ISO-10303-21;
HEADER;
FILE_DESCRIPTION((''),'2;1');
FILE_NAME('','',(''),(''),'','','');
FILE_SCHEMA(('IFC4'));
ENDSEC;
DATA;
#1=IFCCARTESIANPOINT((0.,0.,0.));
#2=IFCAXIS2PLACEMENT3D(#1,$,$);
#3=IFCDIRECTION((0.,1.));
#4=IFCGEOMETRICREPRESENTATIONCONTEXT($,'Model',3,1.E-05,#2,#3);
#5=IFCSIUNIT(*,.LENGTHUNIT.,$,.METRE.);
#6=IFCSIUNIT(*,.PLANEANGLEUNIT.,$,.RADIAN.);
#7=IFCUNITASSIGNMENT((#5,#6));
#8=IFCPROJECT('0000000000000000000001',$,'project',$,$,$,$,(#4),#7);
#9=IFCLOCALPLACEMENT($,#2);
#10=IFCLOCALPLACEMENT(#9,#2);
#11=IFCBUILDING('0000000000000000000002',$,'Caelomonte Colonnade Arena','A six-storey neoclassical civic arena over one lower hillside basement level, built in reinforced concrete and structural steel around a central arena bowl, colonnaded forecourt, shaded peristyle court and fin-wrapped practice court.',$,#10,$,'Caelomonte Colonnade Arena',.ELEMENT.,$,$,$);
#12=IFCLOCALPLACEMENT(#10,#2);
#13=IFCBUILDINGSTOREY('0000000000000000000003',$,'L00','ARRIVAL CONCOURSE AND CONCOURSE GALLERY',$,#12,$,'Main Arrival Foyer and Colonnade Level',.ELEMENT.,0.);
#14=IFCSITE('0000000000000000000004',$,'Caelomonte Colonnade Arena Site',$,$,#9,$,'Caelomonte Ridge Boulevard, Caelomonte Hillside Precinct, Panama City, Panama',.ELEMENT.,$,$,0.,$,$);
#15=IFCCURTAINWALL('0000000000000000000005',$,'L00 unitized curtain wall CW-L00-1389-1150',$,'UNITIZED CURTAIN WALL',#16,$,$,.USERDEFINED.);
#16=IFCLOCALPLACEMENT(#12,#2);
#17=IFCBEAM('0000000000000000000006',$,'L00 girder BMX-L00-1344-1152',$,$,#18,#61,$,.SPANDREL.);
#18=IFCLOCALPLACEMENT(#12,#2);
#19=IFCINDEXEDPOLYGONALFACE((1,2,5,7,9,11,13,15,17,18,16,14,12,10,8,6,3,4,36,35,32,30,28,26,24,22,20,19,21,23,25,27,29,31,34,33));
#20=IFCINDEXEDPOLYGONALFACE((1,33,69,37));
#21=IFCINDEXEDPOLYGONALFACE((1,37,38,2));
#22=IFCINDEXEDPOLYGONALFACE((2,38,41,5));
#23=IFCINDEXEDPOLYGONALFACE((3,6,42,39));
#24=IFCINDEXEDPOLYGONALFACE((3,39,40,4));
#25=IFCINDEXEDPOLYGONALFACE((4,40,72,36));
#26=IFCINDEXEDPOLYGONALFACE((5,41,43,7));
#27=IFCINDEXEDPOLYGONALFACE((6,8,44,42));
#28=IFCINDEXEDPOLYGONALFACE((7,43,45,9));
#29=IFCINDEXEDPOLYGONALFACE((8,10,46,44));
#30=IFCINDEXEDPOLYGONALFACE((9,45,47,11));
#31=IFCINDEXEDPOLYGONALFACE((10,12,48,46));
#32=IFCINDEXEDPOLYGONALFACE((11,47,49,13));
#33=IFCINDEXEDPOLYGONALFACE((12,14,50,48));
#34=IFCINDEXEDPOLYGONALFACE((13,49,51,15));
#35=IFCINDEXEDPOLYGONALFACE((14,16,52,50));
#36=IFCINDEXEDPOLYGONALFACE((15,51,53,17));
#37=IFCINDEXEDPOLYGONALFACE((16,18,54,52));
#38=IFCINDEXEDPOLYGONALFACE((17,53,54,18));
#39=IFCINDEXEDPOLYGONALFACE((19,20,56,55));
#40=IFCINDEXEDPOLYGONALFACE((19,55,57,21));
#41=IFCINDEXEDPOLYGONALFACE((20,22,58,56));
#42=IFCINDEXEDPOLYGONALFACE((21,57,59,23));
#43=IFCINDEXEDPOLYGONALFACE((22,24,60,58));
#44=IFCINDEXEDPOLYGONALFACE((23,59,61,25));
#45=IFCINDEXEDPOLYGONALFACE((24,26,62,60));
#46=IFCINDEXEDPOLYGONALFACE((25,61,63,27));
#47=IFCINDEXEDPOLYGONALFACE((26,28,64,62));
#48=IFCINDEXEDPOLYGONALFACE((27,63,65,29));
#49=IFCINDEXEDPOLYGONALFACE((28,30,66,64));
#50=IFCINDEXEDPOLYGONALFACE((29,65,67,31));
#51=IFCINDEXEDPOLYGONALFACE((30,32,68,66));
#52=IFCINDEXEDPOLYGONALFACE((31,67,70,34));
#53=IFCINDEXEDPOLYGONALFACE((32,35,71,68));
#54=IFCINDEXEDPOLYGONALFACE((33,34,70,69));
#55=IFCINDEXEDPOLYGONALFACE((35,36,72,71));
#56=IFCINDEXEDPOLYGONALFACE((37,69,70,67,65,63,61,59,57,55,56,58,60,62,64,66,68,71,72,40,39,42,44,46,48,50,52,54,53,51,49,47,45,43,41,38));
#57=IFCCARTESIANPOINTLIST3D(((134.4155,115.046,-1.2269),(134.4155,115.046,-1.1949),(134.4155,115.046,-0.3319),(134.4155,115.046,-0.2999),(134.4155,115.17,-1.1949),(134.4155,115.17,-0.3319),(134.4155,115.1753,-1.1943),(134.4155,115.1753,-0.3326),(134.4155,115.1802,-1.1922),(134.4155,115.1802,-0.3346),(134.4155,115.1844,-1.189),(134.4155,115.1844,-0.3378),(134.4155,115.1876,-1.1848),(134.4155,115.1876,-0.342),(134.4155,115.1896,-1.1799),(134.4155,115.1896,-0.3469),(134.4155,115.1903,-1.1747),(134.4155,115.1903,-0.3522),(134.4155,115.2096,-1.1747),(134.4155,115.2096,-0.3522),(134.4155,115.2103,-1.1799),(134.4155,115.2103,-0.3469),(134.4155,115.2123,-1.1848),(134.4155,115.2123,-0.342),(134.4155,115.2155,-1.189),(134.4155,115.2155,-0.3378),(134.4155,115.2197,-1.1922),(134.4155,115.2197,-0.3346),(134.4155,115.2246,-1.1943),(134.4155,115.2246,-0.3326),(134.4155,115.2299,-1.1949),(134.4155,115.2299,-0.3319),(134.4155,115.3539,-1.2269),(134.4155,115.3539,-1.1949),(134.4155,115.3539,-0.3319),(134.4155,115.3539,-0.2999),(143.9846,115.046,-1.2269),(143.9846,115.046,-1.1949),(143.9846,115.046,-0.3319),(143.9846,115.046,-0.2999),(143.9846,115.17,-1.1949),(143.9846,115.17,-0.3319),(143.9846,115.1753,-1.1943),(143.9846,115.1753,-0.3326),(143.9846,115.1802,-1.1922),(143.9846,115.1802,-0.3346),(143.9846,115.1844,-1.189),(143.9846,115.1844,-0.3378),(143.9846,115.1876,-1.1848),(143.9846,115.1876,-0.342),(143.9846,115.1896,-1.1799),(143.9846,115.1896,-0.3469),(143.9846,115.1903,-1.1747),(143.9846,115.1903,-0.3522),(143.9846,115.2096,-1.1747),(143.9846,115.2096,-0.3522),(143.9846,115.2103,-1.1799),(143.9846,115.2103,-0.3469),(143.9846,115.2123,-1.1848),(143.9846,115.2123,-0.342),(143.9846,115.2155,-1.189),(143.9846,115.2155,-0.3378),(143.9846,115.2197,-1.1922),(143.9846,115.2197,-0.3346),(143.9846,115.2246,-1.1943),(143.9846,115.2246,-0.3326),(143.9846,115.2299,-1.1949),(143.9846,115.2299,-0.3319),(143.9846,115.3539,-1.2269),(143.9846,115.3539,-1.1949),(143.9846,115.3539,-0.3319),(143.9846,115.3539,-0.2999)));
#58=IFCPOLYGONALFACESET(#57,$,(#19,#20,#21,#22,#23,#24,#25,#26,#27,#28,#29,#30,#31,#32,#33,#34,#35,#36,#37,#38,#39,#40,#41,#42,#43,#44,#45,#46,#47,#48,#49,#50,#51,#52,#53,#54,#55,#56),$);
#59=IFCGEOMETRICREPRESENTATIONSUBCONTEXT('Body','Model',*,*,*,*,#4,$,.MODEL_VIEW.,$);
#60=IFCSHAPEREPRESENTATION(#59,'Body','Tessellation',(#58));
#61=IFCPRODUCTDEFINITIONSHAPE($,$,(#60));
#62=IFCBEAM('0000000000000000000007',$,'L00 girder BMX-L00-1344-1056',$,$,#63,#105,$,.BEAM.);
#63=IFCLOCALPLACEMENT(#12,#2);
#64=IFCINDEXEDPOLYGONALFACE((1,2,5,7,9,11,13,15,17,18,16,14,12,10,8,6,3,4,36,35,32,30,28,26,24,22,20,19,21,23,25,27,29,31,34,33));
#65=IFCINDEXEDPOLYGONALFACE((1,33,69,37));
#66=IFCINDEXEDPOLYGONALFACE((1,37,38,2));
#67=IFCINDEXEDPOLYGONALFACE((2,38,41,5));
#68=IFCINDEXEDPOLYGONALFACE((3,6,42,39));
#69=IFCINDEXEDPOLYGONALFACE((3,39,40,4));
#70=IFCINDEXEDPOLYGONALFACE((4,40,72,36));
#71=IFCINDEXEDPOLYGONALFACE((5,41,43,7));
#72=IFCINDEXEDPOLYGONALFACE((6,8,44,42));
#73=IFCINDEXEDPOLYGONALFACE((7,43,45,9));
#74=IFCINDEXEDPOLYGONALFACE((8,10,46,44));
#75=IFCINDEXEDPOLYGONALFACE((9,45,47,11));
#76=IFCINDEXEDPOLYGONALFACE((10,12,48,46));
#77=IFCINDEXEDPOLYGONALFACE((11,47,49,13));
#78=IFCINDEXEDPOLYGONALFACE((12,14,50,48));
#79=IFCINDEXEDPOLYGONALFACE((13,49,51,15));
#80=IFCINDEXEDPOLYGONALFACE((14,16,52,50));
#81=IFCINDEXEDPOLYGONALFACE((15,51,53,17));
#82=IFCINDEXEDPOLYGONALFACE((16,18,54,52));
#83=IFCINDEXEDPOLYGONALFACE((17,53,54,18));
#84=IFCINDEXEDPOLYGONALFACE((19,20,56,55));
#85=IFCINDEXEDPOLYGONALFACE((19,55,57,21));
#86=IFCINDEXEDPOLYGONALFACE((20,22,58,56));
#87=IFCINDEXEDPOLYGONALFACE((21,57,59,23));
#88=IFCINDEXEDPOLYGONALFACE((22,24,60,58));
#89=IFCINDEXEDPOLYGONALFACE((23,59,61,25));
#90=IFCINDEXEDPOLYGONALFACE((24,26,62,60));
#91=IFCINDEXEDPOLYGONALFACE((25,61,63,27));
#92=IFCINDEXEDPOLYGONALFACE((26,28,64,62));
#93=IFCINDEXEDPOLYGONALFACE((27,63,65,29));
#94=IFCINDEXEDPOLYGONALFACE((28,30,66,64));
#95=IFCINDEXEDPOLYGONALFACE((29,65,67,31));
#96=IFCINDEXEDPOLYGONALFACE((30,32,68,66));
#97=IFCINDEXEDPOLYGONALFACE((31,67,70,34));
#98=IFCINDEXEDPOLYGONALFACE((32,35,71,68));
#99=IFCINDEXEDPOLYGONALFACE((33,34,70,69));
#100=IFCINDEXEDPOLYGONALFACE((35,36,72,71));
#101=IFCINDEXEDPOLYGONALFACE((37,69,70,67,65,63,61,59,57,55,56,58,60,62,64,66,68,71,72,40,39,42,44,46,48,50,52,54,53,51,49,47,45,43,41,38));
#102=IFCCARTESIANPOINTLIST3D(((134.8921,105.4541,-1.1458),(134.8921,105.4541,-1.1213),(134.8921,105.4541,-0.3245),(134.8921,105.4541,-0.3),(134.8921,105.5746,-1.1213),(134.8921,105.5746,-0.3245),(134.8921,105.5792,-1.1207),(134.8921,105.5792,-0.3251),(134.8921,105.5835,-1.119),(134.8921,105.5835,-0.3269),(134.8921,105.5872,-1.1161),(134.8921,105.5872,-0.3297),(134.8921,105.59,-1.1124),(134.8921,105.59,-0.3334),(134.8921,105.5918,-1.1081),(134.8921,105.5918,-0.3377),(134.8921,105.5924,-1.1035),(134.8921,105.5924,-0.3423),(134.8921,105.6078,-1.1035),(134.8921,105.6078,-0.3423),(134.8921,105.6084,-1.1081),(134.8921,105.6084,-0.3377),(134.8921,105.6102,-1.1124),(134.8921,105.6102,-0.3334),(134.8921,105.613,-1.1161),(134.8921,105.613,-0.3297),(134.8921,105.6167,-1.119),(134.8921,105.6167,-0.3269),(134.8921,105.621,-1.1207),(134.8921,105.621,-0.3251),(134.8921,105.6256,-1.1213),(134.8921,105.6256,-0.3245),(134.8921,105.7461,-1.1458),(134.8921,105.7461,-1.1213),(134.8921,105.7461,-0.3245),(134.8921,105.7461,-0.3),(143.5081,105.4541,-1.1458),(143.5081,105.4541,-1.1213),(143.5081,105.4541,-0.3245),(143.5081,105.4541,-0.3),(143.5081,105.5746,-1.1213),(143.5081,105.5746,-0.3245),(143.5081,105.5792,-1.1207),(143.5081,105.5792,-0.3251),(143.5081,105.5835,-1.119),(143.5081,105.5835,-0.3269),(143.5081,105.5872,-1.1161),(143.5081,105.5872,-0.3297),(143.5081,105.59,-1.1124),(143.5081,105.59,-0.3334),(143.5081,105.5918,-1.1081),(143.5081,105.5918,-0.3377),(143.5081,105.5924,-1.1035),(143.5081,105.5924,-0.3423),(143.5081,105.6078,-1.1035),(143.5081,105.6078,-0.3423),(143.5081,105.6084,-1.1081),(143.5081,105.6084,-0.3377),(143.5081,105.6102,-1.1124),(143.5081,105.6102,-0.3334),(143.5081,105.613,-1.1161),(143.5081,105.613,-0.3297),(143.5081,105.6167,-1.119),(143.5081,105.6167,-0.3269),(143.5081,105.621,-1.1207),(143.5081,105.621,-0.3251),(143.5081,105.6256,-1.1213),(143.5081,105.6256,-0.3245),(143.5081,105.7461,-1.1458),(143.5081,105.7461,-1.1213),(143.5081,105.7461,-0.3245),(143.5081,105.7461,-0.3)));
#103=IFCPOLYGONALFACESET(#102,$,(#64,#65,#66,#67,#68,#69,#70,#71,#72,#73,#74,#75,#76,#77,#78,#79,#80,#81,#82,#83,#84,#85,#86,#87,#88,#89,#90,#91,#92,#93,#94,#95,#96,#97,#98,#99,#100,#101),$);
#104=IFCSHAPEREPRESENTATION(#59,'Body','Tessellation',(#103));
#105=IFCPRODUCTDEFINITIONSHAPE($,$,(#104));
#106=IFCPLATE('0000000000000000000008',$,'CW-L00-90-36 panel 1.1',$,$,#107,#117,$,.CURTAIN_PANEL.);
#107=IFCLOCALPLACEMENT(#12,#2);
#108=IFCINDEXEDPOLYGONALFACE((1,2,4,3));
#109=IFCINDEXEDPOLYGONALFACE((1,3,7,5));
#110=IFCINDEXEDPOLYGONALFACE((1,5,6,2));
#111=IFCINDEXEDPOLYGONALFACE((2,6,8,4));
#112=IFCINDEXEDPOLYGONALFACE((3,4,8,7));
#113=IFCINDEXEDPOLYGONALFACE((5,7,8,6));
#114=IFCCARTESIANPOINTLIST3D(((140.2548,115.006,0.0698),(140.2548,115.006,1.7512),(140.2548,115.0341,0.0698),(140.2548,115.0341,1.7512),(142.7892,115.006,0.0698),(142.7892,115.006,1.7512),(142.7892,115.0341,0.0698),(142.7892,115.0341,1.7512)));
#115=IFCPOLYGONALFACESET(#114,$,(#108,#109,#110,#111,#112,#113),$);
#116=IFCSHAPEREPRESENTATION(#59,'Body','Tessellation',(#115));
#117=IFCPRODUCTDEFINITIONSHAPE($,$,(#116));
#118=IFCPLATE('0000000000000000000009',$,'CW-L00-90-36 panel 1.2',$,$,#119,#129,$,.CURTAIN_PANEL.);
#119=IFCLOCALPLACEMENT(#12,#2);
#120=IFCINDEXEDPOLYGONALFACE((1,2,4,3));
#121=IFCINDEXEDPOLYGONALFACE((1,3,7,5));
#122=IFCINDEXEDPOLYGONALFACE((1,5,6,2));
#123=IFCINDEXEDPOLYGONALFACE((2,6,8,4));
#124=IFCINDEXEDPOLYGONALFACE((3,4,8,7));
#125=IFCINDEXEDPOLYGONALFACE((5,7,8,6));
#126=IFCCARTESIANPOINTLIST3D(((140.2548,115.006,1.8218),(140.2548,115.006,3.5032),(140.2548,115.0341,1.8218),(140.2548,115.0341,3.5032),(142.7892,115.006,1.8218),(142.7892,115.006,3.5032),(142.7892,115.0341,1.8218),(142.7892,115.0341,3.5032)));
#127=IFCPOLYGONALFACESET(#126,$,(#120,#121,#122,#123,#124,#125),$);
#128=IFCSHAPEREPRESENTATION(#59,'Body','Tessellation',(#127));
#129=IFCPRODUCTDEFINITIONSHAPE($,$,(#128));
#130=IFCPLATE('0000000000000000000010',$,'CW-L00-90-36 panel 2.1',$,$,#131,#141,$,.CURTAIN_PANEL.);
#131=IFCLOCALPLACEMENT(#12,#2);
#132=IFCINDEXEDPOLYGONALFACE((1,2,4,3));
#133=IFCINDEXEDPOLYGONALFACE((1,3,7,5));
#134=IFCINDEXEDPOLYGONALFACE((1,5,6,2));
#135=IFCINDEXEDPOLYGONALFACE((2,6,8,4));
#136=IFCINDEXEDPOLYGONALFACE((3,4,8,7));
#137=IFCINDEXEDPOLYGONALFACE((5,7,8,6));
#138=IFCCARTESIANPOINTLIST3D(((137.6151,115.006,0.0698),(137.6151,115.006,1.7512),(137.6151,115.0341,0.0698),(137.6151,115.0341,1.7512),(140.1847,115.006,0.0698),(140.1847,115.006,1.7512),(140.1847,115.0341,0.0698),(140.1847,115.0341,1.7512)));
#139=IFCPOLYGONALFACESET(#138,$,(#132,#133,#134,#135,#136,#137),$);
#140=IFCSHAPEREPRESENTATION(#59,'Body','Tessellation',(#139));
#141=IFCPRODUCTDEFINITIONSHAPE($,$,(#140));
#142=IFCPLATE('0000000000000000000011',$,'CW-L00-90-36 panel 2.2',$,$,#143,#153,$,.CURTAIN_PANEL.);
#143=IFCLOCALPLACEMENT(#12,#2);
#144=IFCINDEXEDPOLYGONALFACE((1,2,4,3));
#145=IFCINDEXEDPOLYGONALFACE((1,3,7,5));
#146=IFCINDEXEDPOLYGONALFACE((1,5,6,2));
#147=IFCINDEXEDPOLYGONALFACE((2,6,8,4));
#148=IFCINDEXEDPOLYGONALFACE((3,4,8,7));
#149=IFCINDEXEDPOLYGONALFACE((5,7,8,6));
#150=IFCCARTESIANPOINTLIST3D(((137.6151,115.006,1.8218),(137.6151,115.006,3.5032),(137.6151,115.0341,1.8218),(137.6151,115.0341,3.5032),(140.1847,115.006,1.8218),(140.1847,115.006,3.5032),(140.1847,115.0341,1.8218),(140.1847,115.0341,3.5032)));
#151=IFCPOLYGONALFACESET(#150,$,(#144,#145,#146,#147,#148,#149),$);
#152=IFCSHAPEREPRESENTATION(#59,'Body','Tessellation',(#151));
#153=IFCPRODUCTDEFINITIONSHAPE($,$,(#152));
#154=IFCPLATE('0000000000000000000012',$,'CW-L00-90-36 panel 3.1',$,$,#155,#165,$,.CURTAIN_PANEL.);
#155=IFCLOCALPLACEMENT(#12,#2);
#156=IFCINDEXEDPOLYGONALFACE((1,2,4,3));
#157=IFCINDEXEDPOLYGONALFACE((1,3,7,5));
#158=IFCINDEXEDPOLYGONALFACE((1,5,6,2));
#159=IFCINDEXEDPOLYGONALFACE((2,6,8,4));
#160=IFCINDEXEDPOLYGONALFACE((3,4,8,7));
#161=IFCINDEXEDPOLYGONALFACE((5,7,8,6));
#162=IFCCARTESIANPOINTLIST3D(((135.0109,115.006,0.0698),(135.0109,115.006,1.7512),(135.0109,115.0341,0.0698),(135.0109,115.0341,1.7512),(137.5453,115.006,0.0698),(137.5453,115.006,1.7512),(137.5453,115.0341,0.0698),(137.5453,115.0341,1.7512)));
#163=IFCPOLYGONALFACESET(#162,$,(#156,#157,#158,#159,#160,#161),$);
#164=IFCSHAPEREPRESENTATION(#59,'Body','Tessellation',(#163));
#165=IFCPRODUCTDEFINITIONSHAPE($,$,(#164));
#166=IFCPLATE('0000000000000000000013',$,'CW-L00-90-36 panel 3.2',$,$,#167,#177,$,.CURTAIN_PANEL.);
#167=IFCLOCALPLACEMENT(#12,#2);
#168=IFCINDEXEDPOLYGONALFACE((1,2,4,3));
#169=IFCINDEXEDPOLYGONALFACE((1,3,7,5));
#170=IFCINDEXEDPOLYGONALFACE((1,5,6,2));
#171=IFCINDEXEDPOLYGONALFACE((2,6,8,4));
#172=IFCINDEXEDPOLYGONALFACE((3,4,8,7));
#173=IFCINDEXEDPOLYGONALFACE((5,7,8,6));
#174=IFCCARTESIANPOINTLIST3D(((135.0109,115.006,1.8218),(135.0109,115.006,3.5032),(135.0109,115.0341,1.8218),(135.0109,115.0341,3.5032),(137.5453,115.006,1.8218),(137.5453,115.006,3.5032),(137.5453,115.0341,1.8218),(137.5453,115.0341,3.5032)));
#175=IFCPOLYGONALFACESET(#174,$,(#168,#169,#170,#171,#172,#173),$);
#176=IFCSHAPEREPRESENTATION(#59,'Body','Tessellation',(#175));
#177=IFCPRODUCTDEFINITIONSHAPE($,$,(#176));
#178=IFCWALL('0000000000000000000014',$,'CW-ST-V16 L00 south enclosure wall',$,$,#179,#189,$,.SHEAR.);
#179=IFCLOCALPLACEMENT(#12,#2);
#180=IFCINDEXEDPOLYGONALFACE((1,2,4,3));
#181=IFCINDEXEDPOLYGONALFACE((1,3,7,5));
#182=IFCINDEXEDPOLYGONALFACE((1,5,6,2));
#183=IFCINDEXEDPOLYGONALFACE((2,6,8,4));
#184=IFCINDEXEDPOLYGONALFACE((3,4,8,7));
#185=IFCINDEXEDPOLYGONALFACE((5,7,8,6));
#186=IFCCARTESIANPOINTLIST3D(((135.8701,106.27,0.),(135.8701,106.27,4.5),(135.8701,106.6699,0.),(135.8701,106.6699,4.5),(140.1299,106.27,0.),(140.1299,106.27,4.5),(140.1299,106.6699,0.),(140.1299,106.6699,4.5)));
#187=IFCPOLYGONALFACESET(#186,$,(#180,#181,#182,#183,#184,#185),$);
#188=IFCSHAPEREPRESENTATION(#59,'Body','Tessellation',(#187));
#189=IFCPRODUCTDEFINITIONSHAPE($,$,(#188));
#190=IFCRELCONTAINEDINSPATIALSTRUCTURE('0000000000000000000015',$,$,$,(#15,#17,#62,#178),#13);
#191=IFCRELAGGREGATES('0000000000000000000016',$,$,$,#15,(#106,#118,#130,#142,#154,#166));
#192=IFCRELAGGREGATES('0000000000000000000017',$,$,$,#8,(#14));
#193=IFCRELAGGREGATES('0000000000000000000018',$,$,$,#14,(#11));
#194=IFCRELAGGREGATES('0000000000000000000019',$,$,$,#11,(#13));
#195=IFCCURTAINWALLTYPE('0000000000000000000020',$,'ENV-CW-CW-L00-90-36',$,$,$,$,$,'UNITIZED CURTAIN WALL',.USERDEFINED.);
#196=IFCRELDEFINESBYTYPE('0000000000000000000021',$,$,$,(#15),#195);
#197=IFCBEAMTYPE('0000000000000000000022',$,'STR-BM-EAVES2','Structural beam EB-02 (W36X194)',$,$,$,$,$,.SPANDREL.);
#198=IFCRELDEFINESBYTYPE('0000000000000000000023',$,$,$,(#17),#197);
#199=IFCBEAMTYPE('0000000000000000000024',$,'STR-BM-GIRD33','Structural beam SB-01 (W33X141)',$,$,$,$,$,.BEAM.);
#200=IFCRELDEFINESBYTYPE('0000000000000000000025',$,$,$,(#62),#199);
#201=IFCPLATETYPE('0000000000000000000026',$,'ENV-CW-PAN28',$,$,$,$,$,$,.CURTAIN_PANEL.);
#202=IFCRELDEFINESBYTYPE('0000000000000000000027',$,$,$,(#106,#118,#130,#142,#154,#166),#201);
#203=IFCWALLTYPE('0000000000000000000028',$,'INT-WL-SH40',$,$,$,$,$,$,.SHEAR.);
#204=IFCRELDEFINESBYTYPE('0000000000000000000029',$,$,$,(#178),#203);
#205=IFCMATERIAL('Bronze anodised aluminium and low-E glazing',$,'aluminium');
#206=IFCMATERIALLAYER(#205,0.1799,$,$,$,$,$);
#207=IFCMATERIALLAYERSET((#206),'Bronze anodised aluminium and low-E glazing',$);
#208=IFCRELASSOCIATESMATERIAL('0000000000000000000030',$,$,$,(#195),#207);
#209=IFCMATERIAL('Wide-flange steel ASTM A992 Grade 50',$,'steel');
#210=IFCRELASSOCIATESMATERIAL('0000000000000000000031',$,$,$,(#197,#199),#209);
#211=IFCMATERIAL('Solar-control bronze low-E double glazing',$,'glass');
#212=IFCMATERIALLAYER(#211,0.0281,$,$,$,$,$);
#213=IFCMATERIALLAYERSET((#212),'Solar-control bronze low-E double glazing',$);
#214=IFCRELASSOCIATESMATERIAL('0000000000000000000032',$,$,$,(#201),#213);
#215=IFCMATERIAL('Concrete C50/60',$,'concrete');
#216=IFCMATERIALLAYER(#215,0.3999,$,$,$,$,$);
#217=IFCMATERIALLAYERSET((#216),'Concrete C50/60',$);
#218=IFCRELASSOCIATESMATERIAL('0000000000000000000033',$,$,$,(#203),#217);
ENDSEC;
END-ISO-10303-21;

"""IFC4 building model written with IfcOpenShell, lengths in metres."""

from ifc_helpers import new_model, si_unit, direction, frame, frame_2d, origin, origin_2d, place, context, subcontext, project, spatial, rectangle, i_section, extrude, material, layer, layer_set, material_profile, profile_set, type_object, element, aggregate, save


model = new_model("IFC4")

# Units and contexts
model_context = context("Model", 3, precision=1e-05, world=origin(), true_north=direction((0.0, 1.0)))
body_context = subcontext(model_context, "Body", "Model", "MODEL_VIEW")
ifc_project = project(units=[si_unit("LENGTHUNIT", "METRE"), si_unit("PLANEANGLEUNIT", "RADIAN")], contexts=[model_context])

# Site, building, storey
site_placement = place(None, origin())
site = spatial("IfcSite", under=ifc_project, at=site_placement, Name="Caelomonte Colonnade Arena Site", LongName="Caelomonte Ridge Boulevard, Caelomonte Hillside Precinct, Panama City, Panama", CompositionType="ELEMENT", RefElevation=0.0)
building_placement = place(site_placement, origin())
building = spatial("IfcBuilding", under=site, at=building_placement, Name="Caelomonte Colonnade Arena", Description="A six-storey neoclassical civic arena over one lower hillside basement level, built in reinforced concrete and structural steel around a central arena bowl, colonnaded forecourt, shaded peristyle court and fin-wrapped practice court.", LongName="Caelomonte Colonnade Arena", CompositionType="ELEMENT")
storey_placement = place(building_placement, origin())
storey = spatial("IfcBuildingStorey", under=building, at=storey_placement, Name="L00", Description="ARRIVAL CONCOURSE AND CONCOURSE GALLERY", LongName="Main Arrival Foyer and Colonnade Level", CompositionType="ELEMENT", Elevation=0.0)

# Shared definitions
ifc_material_1 = material(Name="Bronze anodised aluminium and low-E glazing", Category="aluminium")

# Curtain wall
ifc_layer_1 = layer(ifc_material_1, 0.1799)
ifc_layer_set_1 = layer_set([ifc_layer_1], Name="Bronze anodised aluminium and low-E glazing")
curtain_wall_type_1 = type_object("IfcCurtainWallType", Name="ENV-CW-CW-L00-90-36", ElementType="UNITIZED CURTAIN WALL", PredefinedType="USERDEFINED", material=ifc_layer_set_1)
curtain_wall_1_placement = place(storey_placement, origin())
curtain_wall_1 = element("IfcCurtainWall", 1, at=curtain_wall_1_placement, inside=storey, type_object=curtain_wall_type_1, Name="L00 unitized curtain wall CW-L00-1389-1150", ObjectType="UNITIZED CURTAIN WALL", PredefinedType="USERDEFINED")

# Beams
ifc_material_2 = material(Name="Wide-flange steel ASTM A992 Grade 50", Category="steel")
ifc_material_profile_1 = material_profile(ifc_material_2, i_section(OverallWidth=0.3079, OverallDepth=0.927, WebThickness=0.0193, FlangeThickness=0.032, FilletRadius=0.0203, at=origin_2d()), Name="W36X194")
ifc_profile_set_1 = profile_set([ifc_material_profile_1], Name="Wide-flange steel ASTM A992 Grade 50")
beam_type_1 = type_object("IfcBeamType", Name="STR-BM-EAVES2", Description="Structural beam EB-02 (W36X194)", PredefinedType="SPANDREL", material=ifc_profile_set_1)
beam_1_placement = place(storey_placement, frame((134.4155, 115.2, -0.7634), z_axis=(1.0, 0.0, 0.0), x_axis=(0.0, 1.0, 0.0)))
element("IfcBeam", 2, at=beam_1_placement, inside=storey, type_object=beam_type_1, Name="L00 girder BMX-L00-1344-1152", PredefinedType="SPANDREL", context=body_context, shape_type="SweptSolid", body=[
    extrude(i_section(OverallWidth=0.3079, OverallDepth=0.927, WebThickness=0.0193, FlangeThickness=0.032, FilletRadius=0.0203, at=origin_2d()), origin(), (0.0, 0.0, 1.0), 9.5691),
])
ifc_material_profile_2 = material_profile(ifc_material_2, i_section(OverallWidth=0.292, OverallDepth=0.8457, WebThickness=0.0154, FlangeThickness=0.0244, FilletRadius=0.0178, at=origin_2d()), Name="W33X141")
ifc_profile_set_2 = profile_set([ifc_material_profile_2], Name="Wide-flange steel ASTM A992 Grade 50")
beam_type_2 = type_object("IfcBeamType", Name="STR-BM-GIRD33", Description="Structural beam SB-01 (W33X141)", PredefinedType="BEAM", material=ifc_profile_set_2)
beam_2_placement = place(storey_placement, frame((134.8921, 105.6001, -0.7229), z_axis=(1.0, 0.0, 0.0), x_axis=(0.0, 1.0, 0.0)))
element("IfcBeam", 3, at=beam_2_placement, inside=storey, type_object=beam_type_2, Name="L00 girder BMX-L00-1344-1056", PredefinedType="BEAM", context=body_context, shape_type="SweptSolid", body=[
    extrude(i_section(OverallWidth=0.292, OverallDepth=0.8457, WebThickness=0.0154, FlangeThickness=0.0244, FilletRadius=0.0178, at=origin_2d()), origin(), (0.0, 0.0, 1.0), 8.616),
])

# Plates
ifc_material_3 = material(Name="Solar-control bronze low-E double glazing", Category="glass")
ifc_layer_2 = layer(ifc_material_3, 0.0281)
ifc_layer_set_2 = layer_set([ifc_layer_2], Name="Solar-control bronze low-E double glazing")
plate_type = type_object("IfcPlateType", Name="ENV-CW-PAN28", PredefinedType="CURTAIN_PANEL", material=ifc_layer_set_2)
plate_1_placement = place(storey_placement, frame((141.522, 115.02, 0.0698), z_axis=(0.0, 0.0, 1.0), x_axis=(-1.0, 0.0, 0.0)))
plate_1 = element("IfcPlate", 4, at=plate_1_placement, type_object=plate_type, Name="CW-L00-90-36 panel 1.1", PredefinedType="CURTAIN_PANEL", context=body_context, shape_type="SweptSolid", body=[
    extrude(rectangle(XDim=2.5344, YDim=0.0281, at=origin_2d()), origin(), (0.0, 0.0, 1.0), 1.6814),
])
plate_2_placement = place(storey_placement, frame((141.522, 115.02, 1.8218), z_axis=(0.0, 0.0, 1.0), x_axis=(-1.0, 0.0, 0.0)))
plate_2 = element("IfcPlate", 5, at=plate_2_placement, type_object=plate_type, Name="CW-L00-90-36 panel 1.2", PredefinedType="CURTAIN_PANEL", context=body_context, shape_type="SweptSolid", body=[
    extrude(rectangle(XDim=2.5344, YDim=0.0281, at=origin_2d()), origin(), (0.0, 0.0, 1.0), 1.6814),
])
plate_3_placement = place(storey_placement, frame((138.8999, 115.02, 0.0698), z_axis=(0.0, 0.0, 1.0), x_axis=(-1.0, 0.0, 0.0)))
plate_3 = element("IfcPlate", 6, at=plate_3_placement, type_object=plate_type, Name="CW-L00-90-36 panel 2.1", PredefinedType="CURTAIN_PANEL", context=body_context, shape_type="SweptSolid", body=[
    extrude(rectangle(XDim=2.5696, YDim=0.0281, at=origin_2d()), origin(), (0.0, 0.0, 1.0), 1.6814),
])
plate_4_placement = place(storey_placement, frame((138.8999, 115.02, 1.8218), z_axis=(0.0, 0.0, 1.0), x_axis=(-1.0, 0.0, 0.0)))
plate_4 = element("IfcPlate", 7, at=plate_4_placement, type_object=plate_type, Name="CW-L00-90-36 panel 2.2", PredefinedType="CURTAIN_PANEL", context=body_context, shape_type="SweptSolid", body=[
    extrude(rectangle(XDim=2.5696, YDim=0.0281, at=origin_2d()), origin(), (0.0, 0.0, 1.0), 1.6814),
])
plate_5_placement = place(storey_placement, frame((136.2781, 115.02, 0.0698), z_axis=(0.0, 0.0, 1.0), x_axis=(-1.0, 0.0, 0.0)))
plate_5 = element("IfcPlate", 8, at=plate_5_placement, type_object=plate_type, Name="CW-L00-90-36 panel 3.1", PredefinedType="CURTAIN_PANEL", context=body_context, shape_type="SweptSolid", body=[
    extrude(rectangle(XDim=2.5344, YDim=0.0281, at=origin_2d()), origin(), (0.0, 0.0, 1.0), 1.6814),
])
plate_6_placement = place(storey_placement, frame((136.2781, 115.02, 1.8218), z_axis=(0.0, 0.0, 1.0), x_axis=(-1.0, 0.0, 0.0)))
plate_6 = element("IfcPlate", 9, at=plate_6_placement, type_object=plate_type, Name="CW-L00-90-36 panel 3.2", PredefinedType="CURTAIN_PANEL", context=body_context, shape_type="SweptSolid", body=[
    extrude(rectangle(XDim=2.5344, YDim=0.0281, at=origin_2d()), origin(), (0.0, 0.0, 1.0), 1.6814),
])
aggregate(curtain_wall_1, [plate_1, plate_2, plate_3, plate_4, plate_5, plate_6])

# Wall
ifc_material_4 = material(Name="Concrete C50/60", Category="concrete")
ifc_layer_3 = layer(ifc_material_4, 0.3999)
ifc_layer_set_3 = layer_set([ifc_layer_3], Name="Concrete C50/60")
wall_type = type_object("IfcWallType", Name="INT-WL-SH40", PredefinedType="SHEAR", material=ifc_layer_set_3)
for number, where, z_axis, x_axis, name in (
    (10, (135.8701, 106.47, 0.0), (0.0, 0.0, 1.0), (1.0, 0.0, 0.0), "CW-ST-V16 L00 south enclosure wall"),
):
    element("IfcWall", number, at=place(storey_placement, frame(where, z_axis=z_axis, x_axis=x_axis)), inside=storey, type_object=wall_type, Name=name, PredefinedType="SHEAR", context=body_context, shape_type="SweptSolid", body=[
        extrude(rectangle(XDim=4.2598, YDim=0.3999, at=frame_2d((2.1299, 0.0))), origin(), (0.0, 0.0, 1.0), 4.5),
    ])

save(model, "model.ifc")
